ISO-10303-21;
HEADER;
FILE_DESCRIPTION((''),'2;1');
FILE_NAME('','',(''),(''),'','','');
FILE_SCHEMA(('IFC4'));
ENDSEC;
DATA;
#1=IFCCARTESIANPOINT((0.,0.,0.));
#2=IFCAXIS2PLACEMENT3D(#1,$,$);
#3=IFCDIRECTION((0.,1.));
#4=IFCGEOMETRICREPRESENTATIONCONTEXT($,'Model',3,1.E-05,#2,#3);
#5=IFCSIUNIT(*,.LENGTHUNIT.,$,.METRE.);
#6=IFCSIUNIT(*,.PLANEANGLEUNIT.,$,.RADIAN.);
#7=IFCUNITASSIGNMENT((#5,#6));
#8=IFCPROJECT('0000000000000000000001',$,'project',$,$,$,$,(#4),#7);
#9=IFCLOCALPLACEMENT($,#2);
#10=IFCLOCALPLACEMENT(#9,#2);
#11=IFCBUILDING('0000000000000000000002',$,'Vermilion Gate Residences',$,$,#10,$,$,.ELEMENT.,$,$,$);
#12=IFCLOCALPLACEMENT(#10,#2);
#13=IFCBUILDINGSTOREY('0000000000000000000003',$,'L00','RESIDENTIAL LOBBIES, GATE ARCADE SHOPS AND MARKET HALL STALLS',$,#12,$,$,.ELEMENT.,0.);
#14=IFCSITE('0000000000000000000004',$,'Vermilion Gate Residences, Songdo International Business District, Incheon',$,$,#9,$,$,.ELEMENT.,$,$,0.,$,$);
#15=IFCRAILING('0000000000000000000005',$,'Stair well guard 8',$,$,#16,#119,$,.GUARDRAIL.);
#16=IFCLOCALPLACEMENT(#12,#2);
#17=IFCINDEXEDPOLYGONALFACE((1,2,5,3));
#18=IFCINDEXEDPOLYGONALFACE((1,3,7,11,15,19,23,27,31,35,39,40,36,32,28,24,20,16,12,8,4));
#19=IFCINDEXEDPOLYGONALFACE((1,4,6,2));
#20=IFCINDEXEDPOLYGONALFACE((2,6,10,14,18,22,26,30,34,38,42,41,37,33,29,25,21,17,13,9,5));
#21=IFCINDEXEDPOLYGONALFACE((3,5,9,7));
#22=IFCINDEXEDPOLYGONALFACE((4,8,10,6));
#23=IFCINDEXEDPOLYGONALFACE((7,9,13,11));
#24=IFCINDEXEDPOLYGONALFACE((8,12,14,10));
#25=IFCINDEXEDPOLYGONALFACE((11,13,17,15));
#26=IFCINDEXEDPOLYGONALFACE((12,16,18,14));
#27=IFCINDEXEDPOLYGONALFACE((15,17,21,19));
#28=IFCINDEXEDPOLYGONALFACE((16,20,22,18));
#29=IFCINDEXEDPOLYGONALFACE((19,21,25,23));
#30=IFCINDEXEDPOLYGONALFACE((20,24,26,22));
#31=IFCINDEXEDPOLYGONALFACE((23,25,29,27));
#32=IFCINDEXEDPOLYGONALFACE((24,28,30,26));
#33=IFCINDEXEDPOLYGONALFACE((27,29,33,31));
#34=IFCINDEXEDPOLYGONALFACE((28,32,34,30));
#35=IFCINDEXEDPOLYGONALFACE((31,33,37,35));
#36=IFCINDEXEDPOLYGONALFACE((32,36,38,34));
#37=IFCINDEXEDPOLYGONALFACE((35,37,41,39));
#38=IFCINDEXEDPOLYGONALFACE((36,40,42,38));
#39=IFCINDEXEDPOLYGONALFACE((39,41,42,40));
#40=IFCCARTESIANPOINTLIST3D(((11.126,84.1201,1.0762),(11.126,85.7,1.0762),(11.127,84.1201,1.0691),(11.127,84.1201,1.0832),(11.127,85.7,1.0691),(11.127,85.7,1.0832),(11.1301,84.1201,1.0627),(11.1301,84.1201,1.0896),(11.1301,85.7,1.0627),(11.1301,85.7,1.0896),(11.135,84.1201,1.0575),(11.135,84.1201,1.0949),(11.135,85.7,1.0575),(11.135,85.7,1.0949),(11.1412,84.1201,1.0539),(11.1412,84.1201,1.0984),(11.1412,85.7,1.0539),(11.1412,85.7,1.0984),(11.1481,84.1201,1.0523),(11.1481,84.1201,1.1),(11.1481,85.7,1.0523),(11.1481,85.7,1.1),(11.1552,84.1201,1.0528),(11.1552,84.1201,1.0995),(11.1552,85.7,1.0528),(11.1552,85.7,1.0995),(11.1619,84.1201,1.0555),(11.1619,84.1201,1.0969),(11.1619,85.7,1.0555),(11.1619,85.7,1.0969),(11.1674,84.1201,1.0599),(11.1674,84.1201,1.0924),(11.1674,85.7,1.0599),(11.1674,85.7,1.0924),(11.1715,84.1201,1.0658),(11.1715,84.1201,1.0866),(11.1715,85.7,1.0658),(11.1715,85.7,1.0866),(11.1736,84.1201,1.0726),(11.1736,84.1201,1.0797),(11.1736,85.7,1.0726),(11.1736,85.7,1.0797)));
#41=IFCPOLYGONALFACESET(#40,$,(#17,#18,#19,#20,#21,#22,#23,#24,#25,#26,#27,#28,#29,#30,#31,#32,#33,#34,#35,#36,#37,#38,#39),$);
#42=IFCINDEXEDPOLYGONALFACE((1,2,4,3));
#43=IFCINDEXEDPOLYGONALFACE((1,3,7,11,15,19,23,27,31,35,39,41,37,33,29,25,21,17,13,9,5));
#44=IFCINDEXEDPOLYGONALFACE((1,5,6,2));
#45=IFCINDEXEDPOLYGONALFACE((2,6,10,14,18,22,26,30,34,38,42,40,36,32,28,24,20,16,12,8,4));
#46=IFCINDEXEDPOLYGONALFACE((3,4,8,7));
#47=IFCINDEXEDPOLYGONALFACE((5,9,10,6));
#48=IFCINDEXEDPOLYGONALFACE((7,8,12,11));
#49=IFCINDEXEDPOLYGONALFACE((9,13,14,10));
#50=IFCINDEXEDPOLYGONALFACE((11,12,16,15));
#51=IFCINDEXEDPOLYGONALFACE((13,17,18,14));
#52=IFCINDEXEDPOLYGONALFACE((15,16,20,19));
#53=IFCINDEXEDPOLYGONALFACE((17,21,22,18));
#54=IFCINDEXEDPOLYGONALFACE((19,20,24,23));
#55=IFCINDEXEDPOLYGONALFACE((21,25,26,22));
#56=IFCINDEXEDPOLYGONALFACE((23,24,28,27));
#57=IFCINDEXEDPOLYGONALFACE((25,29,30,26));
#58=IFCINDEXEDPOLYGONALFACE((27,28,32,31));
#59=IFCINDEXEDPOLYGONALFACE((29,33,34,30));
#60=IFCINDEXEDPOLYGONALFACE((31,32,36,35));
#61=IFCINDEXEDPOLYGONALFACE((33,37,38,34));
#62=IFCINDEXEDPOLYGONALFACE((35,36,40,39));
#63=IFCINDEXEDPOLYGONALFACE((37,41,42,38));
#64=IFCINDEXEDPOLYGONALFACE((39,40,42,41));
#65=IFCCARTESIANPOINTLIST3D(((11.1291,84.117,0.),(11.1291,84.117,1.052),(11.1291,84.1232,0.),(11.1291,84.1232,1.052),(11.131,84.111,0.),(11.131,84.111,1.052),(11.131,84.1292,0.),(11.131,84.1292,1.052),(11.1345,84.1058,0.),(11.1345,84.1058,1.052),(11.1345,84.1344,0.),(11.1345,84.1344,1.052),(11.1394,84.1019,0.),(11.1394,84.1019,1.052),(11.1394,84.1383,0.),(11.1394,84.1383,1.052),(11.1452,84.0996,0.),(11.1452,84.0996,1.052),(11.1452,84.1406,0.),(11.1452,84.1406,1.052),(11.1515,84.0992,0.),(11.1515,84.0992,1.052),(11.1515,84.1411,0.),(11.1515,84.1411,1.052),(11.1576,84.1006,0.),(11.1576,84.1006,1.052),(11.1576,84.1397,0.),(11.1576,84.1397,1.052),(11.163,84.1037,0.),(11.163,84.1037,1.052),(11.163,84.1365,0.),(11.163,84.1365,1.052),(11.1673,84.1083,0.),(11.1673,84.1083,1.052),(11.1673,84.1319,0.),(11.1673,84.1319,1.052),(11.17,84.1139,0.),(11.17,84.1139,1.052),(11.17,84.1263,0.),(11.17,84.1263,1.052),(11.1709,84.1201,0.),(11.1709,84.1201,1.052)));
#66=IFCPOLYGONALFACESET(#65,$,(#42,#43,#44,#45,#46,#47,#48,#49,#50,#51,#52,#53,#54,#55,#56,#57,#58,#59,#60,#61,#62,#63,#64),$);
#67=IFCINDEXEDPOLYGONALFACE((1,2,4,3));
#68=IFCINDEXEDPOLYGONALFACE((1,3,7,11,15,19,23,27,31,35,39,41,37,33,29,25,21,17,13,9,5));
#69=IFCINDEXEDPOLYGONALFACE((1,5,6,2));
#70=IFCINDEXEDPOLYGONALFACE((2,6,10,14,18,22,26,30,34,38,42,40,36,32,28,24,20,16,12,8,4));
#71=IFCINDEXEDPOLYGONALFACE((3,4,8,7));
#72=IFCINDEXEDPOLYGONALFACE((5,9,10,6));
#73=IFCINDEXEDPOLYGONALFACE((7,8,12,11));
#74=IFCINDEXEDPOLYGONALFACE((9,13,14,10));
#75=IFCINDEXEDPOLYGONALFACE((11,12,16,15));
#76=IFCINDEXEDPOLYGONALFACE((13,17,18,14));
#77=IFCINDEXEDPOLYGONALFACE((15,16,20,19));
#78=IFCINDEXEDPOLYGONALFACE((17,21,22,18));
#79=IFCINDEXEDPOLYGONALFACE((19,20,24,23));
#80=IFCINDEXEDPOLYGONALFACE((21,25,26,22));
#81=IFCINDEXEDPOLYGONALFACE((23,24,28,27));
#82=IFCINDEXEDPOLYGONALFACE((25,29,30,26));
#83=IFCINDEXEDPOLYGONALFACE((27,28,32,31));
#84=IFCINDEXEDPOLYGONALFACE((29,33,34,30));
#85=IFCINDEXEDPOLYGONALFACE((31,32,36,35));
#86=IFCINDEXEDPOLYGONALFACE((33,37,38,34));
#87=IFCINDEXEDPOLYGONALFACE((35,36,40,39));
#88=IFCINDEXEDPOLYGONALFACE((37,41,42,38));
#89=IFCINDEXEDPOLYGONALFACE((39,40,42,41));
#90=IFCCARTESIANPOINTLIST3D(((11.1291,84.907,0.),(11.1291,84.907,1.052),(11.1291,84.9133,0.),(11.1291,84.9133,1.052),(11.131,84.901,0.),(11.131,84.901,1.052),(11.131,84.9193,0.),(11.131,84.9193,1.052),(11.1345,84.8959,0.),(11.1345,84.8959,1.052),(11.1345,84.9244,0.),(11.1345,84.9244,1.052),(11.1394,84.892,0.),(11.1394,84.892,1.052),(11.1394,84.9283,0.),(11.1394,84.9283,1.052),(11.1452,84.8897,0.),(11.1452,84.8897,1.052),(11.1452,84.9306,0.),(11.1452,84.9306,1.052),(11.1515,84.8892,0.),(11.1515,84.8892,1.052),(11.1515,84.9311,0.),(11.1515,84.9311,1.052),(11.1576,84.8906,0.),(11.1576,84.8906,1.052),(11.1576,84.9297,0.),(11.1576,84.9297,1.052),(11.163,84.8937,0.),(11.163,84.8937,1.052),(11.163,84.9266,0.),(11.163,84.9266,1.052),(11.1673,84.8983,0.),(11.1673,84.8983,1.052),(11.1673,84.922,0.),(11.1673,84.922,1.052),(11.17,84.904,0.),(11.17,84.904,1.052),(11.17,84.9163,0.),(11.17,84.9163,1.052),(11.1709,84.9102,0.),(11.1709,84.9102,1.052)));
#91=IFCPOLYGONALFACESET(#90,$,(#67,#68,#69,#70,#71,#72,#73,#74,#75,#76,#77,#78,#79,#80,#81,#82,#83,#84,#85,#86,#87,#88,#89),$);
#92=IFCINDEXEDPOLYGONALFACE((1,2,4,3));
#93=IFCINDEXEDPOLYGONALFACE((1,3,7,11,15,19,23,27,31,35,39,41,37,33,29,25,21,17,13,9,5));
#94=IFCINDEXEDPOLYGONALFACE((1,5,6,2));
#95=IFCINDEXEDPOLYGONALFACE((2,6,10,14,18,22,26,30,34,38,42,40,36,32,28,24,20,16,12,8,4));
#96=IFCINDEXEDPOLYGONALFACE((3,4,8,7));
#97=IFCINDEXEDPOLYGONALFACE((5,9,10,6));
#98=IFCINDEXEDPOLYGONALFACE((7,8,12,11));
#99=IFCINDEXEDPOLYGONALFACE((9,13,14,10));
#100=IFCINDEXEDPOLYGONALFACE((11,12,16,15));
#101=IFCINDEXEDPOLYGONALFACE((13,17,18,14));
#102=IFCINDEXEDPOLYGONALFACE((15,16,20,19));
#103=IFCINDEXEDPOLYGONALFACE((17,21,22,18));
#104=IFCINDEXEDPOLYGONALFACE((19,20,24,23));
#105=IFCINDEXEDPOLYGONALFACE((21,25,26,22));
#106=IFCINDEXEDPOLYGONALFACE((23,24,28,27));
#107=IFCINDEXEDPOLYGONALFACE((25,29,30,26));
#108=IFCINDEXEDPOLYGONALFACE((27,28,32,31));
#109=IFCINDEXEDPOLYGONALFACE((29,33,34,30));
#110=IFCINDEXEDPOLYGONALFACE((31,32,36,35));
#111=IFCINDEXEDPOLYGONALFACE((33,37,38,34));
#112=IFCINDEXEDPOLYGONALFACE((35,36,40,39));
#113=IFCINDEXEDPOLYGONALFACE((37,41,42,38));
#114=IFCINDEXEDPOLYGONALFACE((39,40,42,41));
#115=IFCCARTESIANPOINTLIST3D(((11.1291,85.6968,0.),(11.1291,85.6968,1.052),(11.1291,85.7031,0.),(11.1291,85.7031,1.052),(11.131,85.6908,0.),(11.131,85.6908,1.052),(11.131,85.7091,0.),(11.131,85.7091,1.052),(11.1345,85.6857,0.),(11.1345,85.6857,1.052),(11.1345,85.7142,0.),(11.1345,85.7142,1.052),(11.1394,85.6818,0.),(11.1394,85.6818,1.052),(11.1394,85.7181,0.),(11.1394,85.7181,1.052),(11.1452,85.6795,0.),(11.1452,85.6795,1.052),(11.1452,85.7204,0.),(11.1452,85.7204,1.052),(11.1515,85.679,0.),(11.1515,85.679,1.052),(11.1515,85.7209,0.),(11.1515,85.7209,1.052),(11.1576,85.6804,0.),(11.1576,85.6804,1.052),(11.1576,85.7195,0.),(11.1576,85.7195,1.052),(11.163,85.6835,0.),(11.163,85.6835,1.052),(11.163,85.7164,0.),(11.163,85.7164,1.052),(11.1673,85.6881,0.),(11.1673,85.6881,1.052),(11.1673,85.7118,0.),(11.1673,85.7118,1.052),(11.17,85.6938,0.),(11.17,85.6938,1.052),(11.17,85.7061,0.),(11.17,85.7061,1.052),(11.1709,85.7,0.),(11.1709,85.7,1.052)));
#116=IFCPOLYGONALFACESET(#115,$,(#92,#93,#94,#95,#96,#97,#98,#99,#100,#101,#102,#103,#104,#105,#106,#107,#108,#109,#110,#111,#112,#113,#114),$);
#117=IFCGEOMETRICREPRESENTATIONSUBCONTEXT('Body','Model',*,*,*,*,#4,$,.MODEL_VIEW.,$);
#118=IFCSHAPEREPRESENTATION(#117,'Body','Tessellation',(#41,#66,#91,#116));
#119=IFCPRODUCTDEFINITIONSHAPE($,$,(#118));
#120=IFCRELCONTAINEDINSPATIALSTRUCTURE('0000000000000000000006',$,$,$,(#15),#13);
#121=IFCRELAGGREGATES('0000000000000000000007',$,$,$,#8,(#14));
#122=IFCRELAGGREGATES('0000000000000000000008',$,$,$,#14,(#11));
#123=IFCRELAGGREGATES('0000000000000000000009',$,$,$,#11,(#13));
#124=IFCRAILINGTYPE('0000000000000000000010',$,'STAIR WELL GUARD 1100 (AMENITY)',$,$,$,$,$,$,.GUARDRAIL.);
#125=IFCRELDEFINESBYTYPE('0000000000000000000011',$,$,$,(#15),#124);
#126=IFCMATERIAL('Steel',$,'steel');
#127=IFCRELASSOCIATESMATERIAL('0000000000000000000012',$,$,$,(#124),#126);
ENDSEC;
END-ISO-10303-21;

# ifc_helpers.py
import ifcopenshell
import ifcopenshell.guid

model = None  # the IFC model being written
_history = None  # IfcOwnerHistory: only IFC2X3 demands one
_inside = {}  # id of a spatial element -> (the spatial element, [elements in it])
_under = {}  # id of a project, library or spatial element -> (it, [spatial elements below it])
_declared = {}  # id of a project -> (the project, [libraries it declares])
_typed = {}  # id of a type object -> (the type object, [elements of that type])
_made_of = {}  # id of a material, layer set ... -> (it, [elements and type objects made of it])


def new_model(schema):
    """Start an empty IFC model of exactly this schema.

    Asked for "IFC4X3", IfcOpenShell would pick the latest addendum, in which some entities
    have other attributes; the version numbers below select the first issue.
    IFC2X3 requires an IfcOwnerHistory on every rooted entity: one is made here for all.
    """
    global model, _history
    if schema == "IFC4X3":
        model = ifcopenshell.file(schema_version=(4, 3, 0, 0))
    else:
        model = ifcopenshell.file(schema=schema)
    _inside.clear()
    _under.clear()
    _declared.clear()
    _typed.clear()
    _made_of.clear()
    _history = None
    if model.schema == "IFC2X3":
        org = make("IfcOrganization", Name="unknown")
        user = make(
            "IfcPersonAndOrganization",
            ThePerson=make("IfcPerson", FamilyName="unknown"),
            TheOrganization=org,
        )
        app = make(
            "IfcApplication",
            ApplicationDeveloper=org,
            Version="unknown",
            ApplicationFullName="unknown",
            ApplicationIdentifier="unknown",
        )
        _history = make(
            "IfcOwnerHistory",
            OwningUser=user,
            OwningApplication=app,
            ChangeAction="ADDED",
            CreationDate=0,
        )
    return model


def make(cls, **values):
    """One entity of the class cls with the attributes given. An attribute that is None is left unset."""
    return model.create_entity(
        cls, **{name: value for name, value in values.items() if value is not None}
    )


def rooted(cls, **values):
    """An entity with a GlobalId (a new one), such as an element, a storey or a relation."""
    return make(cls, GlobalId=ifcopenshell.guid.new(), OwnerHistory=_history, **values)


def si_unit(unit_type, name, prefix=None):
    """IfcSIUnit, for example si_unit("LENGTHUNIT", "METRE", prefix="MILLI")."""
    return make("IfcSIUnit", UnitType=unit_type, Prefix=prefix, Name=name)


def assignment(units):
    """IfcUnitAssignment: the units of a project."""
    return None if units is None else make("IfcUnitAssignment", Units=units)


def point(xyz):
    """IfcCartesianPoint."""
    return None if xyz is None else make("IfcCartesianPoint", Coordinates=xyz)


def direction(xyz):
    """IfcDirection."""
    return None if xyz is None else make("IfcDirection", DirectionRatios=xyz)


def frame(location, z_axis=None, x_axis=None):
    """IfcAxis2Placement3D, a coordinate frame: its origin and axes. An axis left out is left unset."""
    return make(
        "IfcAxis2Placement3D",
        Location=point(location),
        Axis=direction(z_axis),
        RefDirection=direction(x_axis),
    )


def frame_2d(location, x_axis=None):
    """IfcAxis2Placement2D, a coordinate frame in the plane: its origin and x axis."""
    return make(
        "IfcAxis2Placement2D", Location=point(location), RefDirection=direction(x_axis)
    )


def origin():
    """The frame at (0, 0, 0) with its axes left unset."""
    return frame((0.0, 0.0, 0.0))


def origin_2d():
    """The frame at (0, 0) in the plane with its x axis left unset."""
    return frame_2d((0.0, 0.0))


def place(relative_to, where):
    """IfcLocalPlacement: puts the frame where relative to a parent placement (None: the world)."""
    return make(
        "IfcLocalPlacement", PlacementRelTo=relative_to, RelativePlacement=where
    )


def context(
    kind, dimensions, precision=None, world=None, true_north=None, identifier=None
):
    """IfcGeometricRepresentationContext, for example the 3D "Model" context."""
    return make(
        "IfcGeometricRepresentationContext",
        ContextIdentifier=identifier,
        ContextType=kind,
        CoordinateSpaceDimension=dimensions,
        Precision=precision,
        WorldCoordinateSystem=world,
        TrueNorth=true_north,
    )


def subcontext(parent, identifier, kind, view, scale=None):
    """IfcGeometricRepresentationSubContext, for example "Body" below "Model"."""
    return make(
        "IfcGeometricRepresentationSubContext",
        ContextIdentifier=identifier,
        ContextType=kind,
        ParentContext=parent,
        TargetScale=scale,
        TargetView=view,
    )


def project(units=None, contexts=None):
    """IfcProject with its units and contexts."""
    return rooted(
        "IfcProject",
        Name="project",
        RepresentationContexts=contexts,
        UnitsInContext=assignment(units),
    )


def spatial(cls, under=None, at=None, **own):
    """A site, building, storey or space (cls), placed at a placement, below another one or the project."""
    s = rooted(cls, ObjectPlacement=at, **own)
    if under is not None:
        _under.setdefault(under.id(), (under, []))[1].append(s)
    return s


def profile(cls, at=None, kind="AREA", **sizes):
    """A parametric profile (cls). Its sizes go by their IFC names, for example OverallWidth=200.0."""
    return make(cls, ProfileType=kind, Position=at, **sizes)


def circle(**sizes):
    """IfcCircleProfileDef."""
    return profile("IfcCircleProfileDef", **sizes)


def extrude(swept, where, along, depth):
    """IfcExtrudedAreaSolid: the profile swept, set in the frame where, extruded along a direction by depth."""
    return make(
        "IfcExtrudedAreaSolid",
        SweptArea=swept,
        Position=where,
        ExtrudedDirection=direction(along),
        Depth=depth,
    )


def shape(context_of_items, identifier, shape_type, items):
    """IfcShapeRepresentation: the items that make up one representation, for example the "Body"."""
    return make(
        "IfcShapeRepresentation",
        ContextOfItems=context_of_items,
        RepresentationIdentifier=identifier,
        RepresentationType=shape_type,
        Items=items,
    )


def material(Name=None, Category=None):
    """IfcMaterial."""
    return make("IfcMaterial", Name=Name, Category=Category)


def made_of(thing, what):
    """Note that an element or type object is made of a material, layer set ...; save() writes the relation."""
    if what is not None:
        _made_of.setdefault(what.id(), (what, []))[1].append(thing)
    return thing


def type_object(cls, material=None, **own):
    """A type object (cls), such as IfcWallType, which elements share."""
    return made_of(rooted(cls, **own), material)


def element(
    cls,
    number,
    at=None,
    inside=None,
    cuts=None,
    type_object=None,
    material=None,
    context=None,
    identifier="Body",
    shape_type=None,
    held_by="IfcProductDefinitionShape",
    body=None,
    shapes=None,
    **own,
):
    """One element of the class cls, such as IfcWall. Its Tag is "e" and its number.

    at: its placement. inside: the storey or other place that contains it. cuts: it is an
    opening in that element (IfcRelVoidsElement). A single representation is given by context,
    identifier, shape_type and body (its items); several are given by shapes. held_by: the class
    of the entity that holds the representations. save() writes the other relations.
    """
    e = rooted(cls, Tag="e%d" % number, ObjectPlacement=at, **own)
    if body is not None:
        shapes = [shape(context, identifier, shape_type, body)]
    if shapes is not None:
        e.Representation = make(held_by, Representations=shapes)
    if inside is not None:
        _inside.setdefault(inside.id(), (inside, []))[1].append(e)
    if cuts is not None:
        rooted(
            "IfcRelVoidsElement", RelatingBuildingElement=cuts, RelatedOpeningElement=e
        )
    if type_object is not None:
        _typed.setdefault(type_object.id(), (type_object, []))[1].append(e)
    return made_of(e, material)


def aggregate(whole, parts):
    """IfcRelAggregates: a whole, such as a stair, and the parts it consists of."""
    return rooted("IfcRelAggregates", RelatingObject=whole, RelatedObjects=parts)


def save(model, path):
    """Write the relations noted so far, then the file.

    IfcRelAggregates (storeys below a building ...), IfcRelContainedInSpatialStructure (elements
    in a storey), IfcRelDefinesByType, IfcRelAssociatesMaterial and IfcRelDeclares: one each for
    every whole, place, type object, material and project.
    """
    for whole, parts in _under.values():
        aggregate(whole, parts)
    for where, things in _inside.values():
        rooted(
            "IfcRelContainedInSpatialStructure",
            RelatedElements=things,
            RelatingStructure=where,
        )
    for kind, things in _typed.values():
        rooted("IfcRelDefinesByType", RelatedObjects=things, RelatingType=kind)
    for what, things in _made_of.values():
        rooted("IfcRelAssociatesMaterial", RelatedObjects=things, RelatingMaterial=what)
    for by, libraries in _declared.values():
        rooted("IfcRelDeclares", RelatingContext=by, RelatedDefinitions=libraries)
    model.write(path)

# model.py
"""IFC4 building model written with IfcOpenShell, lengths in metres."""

from ifc_helpers import new_model, si_unit, direction, frame, origin, origin_2d, place, context, subcontext, project, spatial, circle, extrude, material, type_object, element, save


model = new_model("IFC4")

# Units and contexts
model_context = context("Model", 3, precision=1e-05, world=origin(), true_north=direction((0.0, 1.0)))
body_context = subcontext(model_context, "Body", "Model", "MODEL_VIEW")
ifc_project = project(units=[si_unit("LENGTHUNIT", "METRE"), si_unit("PLANEANGLEUNIT", "RADIAN")], contexts=[model_context])

# Site, building, storey
site_placement = place(None, origin())
site = spatial("IfcSite", under=ifc_project, at=site_placement, Name="Vermilion Gate Residences, Songdo International Business District, Incheon", CompositionType="ELEMENT", RefElevation=0.0)
building_placement = place(site_placement, origin())
building = spatial("IfcBuilding", under=site, at=building_placement, Name="Vermilion Gate Residences", CompositionType="ELEMENT")
storey_placement = place(building_placement, origin())
storey = spatial("IfcBuildingStorey", under=building, at=storey_placement, Name="L00", Description="RESIDENTIAL LOBBIES, GATE ARCADE SHOPS AND MARKET HALL STALLS", CompositionType="ELEMENT", Elevation=0.0)

# Railing
ifc_material_1 = material(Name="Steel", Category="steel")
railing_type = type_object("IfcRailingType", Name="STAIR WELL GUARD 1100 (AMENITY)", PredefinedType="GUARDRAIL", material=ifc_material_1)
railing_1_placement = place(storey_placement, frame((11.1499, 84.1201, 0.0)))
element("IfcRailing", 1, at=railing_1_placement, inside=storey, type_object=railing_type, Name="Stair well guard 8", PredefinedType="GUARDRAIL", context=body_context, shape_type="SweptSolid", body=[
    extrude(circle(Radius=0.0239, at=origin_2d()), frame((0.0, 0.0, 1.0762), z_axis=(0.0, 1.0, 0.0), x_axis=(-1.0, 0.0, 0.0)), (0.0, 0.0, 1.0), 1.5798),
    extrude(circle(Radius=0.021, at=origin_2d()), origin(), (0.0, 0.0, 1.0), 1.052),
    extrude(circle(Radius=0.021, at=origin_2d()), frame((0.0, 0.79, 0.0)), (0.0, 0.0, 1.0), 1.052),
    extrude(circle(Radius=0.021, at=origin_2d()), frame((0.0, 1.5798, 0.0)), (0.0, 0.0, 1.0), 1.052),
])

save(model, "model.ifc")
